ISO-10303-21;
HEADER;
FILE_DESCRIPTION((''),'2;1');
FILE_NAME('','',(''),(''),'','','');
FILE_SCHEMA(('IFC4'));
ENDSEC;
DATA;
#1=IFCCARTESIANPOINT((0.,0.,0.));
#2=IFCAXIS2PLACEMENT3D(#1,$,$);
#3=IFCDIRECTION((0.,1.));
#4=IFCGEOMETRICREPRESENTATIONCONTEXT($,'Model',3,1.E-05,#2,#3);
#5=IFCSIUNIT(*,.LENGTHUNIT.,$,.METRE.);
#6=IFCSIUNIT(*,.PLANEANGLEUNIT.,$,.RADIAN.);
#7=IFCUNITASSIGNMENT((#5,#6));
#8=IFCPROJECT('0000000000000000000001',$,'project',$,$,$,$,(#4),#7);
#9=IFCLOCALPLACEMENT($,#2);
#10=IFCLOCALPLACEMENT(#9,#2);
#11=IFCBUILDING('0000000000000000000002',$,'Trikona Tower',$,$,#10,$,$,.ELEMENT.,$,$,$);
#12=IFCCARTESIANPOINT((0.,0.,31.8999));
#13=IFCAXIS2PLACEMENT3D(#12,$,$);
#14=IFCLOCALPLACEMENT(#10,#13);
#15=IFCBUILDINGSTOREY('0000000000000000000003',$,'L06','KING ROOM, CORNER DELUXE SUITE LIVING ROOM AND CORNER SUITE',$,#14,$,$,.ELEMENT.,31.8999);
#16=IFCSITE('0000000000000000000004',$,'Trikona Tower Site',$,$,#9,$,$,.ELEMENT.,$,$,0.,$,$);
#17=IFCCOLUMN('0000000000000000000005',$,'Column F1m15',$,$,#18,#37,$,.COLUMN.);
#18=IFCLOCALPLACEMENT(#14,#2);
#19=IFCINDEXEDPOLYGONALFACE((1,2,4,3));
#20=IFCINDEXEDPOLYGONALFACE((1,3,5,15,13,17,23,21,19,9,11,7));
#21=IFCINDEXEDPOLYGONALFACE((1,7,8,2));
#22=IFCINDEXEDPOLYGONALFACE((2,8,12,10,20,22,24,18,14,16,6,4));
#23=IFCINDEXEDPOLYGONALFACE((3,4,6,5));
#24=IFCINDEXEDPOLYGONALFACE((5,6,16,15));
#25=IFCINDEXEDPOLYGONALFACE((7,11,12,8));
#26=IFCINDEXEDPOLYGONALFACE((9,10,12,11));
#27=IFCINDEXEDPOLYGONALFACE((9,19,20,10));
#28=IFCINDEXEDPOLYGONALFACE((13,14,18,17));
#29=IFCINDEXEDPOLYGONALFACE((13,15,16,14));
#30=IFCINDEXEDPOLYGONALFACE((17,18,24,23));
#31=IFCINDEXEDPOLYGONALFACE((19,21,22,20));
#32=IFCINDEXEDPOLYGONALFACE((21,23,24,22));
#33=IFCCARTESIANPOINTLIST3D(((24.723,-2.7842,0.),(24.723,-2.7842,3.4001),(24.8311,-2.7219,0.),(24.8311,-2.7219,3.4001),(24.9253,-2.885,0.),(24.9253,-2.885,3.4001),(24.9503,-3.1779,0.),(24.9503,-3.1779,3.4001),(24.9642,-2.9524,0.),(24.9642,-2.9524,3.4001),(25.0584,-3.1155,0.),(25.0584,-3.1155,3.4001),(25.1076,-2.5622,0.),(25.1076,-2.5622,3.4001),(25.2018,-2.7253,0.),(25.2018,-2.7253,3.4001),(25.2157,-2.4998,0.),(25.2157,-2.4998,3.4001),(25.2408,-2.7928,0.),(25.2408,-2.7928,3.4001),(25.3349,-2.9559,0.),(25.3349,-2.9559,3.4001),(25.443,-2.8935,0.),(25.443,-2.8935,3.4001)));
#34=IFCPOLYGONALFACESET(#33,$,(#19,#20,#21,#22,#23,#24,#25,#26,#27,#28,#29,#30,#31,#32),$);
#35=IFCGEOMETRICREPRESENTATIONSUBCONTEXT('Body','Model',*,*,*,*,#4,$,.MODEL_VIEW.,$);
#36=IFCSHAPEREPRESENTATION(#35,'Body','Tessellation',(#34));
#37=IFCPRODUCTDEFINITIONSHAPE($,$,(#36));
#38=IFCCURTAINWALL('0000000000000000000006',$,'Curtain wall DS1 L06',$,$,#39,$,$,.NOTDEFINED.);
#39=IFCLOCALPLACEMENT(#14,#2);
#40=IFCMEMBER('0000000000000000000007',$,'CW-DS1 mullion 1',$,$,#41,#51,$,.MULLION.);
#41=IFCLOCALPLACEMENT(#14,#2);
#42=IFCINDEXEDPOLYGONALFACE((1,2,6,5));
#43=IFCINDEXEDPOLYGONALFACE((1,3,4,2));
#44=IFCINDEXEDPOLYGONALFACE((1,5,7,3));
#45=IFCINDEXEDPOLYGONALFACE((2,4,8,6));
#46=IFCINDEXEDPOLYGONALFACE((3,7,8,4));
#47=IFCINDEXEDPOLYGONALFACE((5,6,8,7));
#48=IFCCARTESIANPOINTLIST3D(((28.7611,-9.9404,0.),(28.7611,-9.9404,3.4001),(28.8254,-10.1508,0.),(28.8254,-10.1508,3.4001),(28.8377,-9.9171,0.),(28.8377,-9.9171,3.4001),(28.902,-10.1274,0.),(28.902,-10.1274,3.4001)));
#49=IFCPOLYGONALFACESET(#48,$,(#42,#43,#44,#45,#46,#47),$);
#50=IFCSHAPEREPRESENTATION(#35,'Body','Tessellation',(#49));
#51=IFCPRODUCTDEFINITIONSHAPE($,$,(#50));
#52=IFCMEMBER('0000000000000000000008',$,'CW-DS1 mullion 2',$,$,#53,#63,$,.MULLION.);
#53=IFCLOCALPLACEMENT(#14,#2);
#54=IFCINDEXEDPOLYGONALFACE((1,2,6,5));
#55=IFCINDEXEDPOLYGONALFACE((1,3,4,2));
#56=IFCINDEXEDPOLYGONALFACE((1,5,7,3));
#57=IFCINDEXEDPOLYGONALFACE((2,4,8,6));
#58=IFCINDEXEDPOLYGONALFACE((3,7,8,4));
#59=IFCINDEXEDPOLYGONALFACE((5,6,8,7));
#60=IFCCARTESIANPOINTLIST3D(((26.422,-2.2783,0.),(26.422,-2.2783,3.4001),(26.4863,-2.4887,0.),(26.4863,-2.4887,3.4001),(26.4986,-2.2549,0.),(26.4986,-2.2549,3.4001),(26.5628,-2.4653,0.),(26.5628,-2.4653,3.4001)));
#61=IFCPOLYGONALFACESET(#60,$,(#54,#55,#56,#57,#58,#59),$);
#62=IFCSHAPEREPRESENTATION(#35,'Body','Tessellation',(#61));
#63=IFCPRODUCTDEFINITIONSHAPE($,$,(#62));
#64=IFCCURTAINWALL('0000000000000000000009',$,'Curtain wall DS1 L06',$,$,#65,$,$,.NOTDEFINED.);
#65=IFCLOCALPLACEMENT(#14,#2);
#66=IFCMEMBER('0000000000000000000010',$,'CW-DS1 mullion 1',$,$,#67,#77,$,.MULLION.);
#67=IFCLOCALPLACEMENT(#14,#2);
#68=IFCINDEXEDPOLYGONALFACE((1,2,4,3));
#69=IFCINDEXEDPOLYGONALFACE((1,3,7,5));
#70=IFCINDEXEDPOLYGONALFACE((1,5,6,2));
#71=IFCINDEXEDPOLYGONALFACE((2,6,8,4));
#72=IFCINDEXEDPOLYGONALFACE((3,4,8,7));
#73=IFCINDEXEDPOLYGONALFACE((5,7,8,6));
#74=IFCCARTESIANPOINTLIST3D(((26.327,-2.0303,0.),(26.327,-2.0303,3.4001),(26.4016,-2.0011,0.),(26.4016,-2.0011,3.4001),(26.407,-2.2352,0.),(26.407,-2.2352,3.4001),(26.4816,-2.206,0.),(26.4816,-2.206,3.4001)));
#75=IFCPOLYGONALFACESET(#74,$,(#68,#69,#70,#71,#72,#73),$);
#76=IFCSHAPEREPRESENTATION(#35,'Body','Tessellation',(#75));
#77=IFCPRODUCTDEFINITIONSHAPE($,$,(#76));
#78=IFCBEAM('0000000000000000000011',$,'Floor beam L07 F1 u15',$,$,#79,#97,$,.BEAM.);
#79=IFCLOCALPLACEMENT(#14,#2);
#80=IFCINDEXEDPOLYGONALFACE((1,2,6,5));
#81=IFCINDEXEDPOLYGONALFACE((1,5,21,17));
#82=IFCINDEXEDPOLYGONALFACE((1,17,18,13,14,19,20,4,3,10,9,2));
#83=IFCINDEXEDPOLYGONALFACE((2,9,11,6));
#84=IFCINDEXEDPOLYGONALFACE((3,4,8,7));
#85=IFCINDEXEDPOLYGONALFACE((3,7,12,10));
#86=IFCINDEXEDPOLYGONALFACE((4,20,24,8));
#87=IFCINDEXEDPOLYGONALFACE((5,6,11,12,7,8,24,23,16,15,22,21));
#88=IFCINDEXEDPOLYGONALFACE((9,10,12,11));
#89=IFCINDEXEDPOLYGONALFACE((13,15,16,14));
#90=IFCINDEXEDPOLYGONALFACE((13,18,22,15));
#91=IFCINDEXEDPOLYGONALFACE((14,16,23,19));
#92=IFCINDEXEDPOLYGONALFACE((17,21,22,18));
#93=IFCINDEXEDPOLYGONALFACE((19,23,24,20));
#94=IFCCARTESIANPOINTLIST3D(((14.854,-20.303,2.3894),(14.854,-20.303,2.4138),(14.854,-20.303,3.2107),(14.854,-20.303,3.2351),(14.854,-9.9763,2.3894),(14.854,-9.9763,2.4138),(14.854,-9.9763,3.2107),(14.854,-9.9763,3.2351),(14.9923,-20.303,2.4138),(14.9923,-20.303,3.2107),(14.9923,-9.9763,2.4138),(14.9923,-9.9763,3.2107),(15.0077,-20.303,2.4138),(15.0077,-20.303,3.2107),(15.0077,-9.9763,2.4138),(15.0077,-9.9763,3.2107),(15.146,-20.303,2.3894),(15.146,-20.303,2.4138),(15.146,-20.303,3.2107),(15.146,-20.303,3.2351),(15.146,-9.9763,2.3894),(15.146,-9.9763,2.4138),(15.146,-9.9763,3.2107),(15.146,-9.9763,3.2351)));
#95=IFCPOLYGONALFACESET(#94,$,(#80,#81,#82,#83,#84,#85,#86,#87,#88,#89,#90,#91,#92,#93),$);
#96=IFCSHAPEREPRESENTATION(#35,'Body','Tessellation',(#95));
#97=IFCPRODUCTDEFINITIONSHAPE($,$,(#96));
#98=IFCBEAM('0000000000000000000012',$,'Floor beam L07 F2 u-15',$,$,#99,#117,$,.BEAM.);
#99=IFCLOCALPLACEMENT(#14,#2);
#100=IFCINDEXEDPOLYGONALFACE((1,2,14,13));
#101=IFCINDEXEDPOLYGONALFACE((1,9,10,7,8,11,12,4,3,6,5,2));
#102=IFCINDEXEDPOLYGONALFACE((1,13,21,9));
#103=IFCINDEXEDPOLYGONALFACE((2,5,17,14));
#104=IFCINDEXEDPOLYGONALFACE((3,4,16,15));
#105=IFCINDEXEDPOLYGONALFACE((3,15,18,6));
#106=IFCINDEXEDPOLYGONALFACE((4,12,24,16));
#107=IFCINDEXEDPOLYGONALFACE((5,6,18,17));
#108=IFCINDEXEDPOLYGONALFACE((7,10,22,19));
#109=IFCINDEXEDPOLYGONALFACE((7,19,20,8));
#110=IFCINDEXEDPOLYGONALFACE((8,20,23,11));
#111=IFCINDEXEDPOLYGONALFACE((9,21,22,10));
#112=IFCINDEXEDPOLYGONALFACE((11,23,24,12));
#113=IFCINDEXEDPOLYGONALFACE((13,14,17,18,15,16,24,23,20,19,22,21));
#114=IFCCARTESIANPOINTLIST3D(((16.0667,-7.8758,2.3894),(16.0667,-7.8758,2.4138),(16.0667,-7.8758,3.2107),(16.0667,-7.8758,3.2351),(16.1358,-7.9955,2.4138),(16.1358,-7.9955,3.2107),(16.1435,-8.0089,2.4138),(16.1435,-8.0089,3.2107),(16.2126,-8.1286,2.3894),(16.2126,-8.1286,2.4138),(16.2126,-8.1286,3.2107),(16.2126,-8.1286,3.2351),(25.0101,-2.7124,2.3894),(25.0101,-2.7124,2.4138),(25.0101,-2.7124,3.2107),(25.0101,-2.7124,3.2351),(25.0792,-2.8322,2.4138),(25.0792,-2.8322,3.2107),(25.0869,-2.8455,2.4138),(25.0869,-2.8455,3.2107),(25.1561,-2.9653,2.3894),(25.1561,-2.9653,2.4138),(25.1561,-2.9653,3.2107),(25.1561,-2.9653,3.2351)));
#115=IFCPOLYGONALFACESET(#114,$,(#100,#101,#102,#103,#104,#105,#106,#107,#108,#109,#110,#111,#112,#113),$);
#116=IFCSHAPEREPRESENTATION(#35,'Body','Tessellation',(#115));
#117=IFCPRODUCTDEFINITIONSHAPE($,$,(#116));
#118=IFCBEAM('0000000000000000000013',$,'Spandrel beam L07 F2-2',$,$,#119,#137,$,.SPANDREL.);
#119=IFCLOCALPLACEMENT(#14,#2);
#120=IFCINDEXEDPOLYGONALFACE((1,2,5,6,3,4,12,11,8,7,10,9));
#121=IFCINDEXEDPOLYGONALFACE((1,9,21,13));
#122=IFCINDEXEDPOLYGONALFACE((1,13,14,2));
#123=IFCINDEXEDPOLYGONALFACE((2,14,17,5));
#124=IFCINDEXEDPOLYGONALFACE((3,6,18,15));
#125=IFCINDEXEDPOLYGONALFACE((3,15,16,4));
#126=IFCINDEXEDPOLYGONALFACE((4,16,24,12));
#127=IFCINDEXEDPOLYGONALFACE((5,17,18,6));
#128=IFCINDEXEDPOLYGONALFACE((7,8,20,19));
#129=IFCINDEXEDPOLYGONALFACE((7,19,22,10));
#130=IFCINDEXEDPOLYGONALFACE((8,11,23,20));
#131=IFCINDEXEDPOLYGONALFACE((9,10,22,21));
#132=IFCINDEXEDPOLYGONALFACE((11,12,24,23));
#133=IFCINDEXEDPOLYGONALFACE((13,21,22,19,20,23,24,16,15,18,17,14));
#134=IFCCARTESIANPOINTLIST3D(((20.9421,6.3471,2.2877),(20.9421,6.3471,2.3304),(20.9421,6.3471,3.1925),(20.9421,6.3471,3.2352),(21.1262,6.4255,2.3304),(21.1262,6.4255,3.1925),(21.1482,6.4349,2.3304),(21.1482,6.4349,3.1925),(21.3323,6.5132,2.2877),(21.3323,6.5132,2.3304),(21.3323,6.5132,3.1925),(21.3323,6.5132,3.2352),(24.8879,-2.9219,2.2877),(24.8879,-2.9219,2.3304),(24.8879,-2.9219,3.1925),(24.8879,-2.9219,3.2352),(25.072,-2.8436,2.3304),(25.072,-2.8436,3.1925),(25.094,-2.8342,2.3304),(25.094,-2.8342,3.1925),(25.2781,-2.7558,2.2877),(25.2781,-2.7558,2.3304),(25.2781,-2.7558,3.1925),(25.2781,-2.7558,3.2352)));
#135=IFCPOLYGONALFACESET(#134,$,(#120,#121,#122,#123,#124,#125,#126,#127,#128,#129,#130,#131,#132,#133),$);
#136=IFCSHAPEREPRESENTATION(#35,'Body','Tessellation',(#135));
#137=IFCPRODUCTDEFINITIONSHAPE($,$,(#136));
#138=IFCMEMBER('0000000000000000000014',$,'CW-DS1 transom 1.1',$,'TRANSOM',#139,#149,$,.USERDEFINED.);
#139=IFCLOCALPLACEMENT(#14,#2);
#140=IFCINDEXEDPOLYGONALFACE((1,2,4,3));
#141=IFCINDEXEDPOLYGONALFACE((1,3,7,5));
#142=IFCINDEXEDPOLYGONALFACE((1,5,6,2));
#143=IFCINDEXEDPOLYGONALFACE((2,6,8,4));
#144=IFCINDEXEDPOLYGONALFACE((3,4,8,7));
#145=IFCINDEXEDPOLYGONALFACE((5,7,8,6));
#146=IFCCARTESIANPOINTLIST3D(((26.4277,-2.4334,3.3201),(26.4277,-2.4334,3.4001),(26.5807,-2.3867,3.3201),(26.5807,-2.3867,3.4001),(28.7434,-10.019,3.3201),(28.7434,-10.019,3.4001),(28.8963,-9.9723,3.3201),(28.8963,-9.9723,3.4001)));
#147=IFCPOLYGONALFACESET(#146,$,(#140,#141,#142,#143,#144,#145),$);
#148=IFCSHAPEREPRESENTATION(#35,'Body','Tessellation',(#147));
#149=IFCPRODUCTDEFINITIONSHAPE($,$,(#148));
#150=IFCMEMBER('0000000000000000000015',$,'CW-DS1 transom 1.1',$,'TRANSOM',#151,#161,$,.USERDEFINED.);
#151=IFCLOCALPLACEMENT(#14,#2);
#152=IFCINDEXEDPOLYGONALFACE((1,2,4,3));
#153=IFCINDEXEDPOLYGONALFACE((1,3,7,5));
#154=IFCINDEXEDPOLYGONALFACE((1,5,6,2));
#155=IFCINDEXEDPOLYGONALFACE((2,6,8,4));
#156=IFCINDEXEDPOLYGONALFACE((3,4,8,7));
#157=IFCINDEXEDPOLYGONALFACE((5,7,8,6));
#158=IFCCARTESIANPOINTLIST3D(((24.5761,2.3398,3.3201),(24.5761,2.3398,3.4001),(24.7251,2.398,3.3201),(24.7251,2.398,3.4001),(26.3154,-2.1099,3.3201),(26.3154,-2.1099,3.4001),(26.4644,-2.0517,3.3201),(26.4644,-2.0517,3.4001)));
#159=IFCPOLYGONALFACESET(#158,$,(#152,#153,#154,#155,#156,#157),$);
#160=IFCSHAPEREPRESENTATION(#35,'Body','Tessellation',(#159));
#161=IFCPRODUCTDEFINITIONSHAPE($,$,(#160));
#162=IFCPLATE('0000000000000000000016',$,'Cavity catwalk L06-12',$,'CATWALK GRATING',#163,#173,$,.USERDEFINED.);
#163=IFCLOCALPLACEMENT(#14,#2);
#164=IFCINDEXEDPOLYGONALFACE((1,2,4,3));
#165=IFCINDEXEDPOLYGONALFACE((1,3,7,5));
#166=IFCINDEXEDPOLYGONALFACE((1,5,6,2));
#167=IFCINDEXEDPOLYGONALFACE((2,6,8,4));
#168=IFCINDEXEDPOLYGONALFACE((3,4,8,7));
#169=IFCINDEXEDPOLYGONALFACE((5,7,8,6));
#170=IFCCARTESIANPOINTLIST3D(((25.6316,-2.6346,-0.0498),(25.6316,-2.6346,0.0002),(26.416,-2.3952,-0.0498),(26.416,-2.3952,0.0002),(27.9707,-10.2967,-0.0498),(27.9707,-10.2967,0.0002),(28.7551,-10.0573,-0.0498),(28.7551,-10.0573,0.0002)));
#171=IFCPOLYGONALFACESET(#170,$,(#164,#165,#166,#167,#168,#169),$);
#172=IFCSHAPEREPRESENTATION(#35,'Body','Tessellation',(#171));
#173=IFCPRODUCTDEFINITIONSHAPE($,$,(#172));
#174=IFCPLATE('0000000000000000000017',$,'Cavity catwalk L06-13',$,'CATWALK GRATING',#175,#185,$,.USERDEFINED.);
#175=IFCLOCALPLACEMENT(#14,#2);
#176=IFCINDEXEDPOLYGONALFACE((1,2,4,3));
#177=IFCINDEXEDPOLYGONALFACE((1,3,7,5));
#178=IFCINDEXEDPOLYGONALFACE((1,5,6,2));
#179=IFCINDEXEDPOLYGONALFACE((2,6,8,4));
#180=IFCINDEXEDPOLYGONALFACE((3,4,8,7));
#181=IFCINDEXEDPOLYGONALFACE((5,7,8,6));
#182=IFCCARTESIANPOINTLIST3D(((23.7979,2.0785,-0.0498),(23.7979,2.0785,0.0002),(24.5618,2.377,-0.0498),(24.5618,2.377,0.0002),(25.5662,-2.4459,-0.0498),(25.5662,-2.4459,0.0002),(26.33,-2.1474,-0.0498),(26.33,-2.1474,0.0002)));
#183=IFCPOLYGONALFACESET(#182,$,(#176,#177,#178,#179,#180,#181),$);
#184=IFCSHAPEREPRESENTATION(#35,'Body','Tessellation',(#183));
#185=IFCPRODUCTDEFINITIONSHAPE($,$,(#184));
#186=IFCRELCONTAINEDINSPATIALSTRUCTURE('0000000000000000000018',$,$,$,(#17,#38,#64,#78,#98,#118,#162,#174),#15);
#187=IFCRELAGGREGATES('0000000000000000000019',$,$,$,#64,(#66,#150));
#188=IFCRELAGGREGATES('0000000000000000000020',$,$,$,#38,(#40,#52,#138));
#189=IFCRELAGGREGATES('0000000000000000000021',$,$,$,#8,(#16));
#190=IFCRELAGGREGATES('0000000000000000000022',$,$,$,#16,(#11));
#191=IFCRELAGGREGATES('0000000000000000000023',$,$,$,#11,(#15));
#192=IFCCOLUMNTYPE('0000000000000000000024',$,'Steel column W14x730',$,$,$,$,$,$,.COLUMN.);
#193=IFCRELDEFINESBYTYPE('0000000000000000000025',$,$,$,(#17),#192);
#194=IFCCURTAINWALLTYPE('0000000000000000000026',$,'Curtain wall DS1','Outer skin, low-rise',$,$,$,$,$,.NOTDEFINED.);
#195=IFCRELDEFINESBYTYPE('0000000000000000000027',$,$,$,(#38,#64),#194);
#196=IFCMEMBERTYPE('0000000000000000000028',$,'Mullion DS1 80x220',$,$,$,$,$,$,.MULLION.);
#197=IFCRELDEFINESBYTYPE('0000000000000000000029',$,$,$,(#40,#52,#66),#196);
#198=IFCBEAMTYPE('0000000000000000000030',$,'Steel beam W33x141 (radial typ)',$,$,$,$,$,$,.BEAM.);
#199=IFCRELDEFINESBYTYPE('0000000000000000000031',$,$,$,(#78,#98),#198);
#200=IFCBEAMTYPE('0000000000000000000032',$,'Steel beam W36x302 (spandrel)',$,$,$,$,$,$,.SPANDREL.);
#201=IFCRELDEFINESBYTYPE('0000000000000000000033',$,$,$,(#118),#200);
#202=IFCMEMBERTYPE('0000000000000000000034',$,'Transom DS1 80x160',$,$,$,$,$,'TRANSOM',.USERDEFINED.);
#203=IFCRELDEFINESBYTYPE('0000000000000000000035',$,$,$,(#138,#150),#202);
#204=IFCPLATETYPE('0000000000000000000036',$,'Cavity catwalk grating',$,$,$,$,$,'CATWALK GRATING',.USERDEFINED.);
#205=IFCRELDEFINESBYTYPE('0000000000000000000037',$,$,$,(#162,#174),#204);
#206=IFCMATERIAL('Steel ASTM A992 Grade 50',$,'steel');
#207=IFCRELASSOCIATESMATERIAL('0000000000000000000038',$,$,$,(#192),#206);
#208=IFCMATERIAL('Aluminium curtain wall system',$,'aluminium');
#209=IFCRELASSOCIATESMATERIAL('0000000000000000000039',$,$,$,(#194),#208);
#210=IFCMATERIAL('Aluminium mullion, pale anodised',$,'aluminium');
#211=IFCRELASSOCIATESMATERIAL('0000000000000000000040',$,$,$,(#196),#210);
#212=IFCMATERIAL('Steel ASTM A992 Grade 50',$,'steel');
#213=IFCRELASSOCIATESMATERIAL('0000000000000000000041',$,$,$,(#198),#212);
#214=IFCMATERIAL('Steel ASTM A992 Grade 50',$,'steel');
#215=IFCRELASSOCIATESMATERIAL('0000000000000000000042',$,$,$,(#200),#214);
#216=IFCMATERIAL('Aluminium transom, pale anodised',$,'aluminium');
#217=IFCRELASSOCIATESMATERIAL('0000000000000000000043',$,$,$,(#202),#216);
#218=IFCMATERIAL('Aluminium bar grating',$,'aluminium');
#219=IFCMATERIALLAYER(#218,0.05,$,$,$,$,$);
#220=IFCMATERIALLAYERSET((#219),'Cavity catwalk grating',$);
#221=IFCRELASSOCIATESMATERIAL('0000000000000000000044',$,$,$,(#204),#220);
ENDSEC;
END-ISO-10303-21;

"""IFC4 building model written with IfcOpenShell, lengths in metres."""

from ifc_helpers import new_model, si_unit, direction, frame, origin, origin_2d, place, context, subcontext, project, spatial, rectangle, i_section, extrude, material, layer, layer_set, material_profile, profile_set, type_object, element, aggregate, save


model = new_model("IFC4")

# Units and contexts
model_context = context("Model", 3, precision=1e-05, world=origin(), true_north=direction((0.0, 1.0)))
body_context = subcontext(model_context, "Body", "Model", "MODEL_VIEW")
ifc_project = project(units=[si_unit("LENGTHUNIT", "METRE"), si_unit("PLANEANGLEUNIT", "RADIAN")], contexts=[model_context])

# Site, building, storey
site_placement = place(None, origin())
site = spatial("IfcSite", under=ifc_project, at=site_placement, Name="Trikona Tower Site", CompositionType="ELEMENT", RefElevation=0.0)
building_placement = place(site_placement, origin())
building = spatial("IfcBuilding", under=site, at=building_placement, Name="Trikona Tower", CompositionType="ELEMENT")
storey_placement = place(building_placement, frame((0.0, 0.0, 31.8999)))
storey = spatial("IfcBuildingStorey", under=building, at=storey_placement, Name="L06", Description="KING ROOM, CORNER DELUXE SUITE LIVING ROOM AND CORNER SUITE", CompositionType="ELEMENT", Elevation=31.8999)

# Column
ifc_material_1 = material(Name="Steel ASTM A992 Grade 50", Category="steel")
ifc_material_profile_1 = material_profile(ifc_material_1, i_section(OverallWidth=0.4546, OverallDepth=0.5688, WebThickness=0.0779, FlangeThickness=0.1248, at=origin_2d()), Name="W14X730")
ifc_profile_set_1 = profile_set([ifc_material_profile_1], Name="Steel ASTM A992 Grade 50")
column_type = type_object("IfcColumnType", Name="Steel column W14x730", PredefinedType="COLUMN", material=ifc_profile_set_1)
column_placement = place(storey_placement, frame((25.083, -2.8389, 0.0), z_axis=(0.0, 0.0, 1.0), x_axis=(-0.5, 0.866025, 0.0)))
element("IfcColumn", 1, at=column_placement, inside=storey, type_object=column_type, Name="Column F1m15", PredefinedType="COLUMN", context=body_context, shape_type="SweptSolid", body=[
    extrude(i_section(OverallWidth=0.4546, OverallDepth=0.5688, WebThickness=0.0779, FlangeThickness=0.1248, at=origin_2d()), origin(), (0.0, 0.0, 1.0), 3.4001),
])

# Curtain wall, members
ifc_material_2 = material(Name="Aluminium curtain wall system", Category="aluminium")
curtain_wall_type = type_object("IfcCurtainWallType", Name="Curtain wall DS1", Description="Outer skin, low-rise", PredefinedType="NOTDEFINED", material=ifc_material_2)
curtain_wall_1_placement = place(storey_placement, origin())
curtain_wall_1 = element("IfcCurtainWall", 2, at=curtain_wall_1_placement, inside=storey, type_object=curtain_wall_type, Name="Curtain wall DS1 L06", PredefinedType="NOTDEFINED")
ifc_material_3 = material(Name="Aluminium mullion, pale anodised", Category="aluminium")
ifc_material_profile_2 = material_profile(ifc_material_3, rectangle(XDim=0.0801, YDim=0.22, at=origin_2d()), Name="MUL-DS1")
ifc_profile_set_2 = profile_set([ifc_material_profile_2], Name="Aluminium mullion, pale anodised")
member_type_1 = type_object("IfcMemberType", Name="Mullion DS1 80x220", PredefinedType="MULLION", material=ifc_profile_set_2)
member_1_placement = place(storey_placement, frame((28.8315, -10.0339, 0.0), z_axis=(0.0, 0.0, 1.0), x_axis=(-0.956423, -0.291984, 0.0)))
member_1 = element("IfcMember", 3, at=member_1_placement, type_object=member_type_1, Name="CW-DS1 mullion 1", PredefinedType="MULLION", context=body_context, shape_type="SweptSolid", body=[
    extrude(rectangle(XDim=0.0801, YDim=0.22, at=origin_2d()), origin(), (0.0, 0.0, 1.0), 3.4001),
])
member_2_placement = place(storey_placement, frame((26.4924, -2.3718, 0.0), z_axis=(0.0, 0.0, 1.0), x_axis=(-0.956423, -0.291984, 0.0)))
member_2 = element("IfcMember", 4, at=member_2_placement, type_object=member_type_1, Name="CW-DS1 mullion 2", PredefinedType="MULLION", context=body_context, shape_type="SweptSolid", body=[
    extrude(rectangle(XDim=0.0801, YDim=0.22, at=origin_2d()), origin(), (0.0, 0.0, 1.0), 3.4001),
])

# Curtain wall, member
curtain_wall_2_placement = place(storey_placement, origin())
curtain_wall_2 = element("IfcCurtainWall", 5, at=curtain_wall_2_placement, inside=storey, type_object=curtain_wall_type, Name="Curtain wall DS1 L06", PredefinedType="NOTDEFINED")
member_3_placement = place(storey_placement, frame((26.4043, -2.1182, 0.0), z_axis=(0.0, 0.0, 1.0), x_axis=(-0.931396, -0.364008, 0.0)))
member_3 = element("IfcMember", 6, at=member_3_placement, type_object=member_type_1, Name="CW-DS1 mullion 1", PredefinedType="MULLION", context=body_context, shape_type="SweptSolid", body=[
    extrude(rectangle(XDim=0.0801, YDim=0.22, at=origin_2d()), origin(), (0.0, 0.0, 1.0), 3.4001),
])

# Beams
ifc_material_4 = material(Name="Steel ASTM A992 Grade 50", Category="steel")
ifc_material_profile_3 = material_profile(ifc_material_4, i_section(OverallWidth=0.292, OverallDepth=0.8457, WebThickness=0.0154, FlangeThickness=0.0244, at=origin_2d()), Name="W33X141")
ifc_profile_set_3 = profile_set([ifc_material_profile_3], Name="Steel ASTM A992 Grade 50")
beam_type_1 = type_object("IfcBeamType", Name="Steel beam W33x141 (radial typ)", PredefinedType="BEAM", material=ifc_profile_set_3)
beam_1_placement = place(storey_placement, frame((15.0, -9.9763, 2.8123), z_axis=(0.0, -1.0, 0.0), x_axis=(1.0, 0.0, 0.0)))
element("IfcBeam", 7, at=beam_1_placement, inside=storey, type_object=beam_type_1, Name="Floor beam L07 F1 u15", PredefinedType="BEAM", context=body_context, shape_type="SweptSolid", body=[
    extrude(i_section(OverallWidth=0.292, OverallDepth=0.8457, WebThickness=0.0154, FlangeThickness=0.0244, at=origin_2d()), origin(), (0.0, 0.0, 1.0), 10.3267),
])
beam_2_placement = place(storey_placement, frame((16.1396, -8.0022, 2.8123), z_axis=(0.86603, 0.499991, 0.0), x_axis=(-0.499991, 0.86603, 0.0)))
element("IfcBeam", 8, at=beam_2_placement, inside=storey, type_object=beam_type_1, Name="Floor beam L07 F2 u-15", PredefinedType="BEAM", context=body_context, shape_type="SweptSolid", body=[
    extrude(i_section(OverallWidth=0.292, OverallDepth=0.8457, WebThickness=0.0154, FlangeThickness=0.0244, at=origin_2d()), origin(), (0.0, 0.0, 1.0), 10.3269),
])
ifc_material_5 = material(Name="Steel ASTM A992 Grade 50", Category="steel")
ifc_material_profile_4 = material_profile(ifc_material_5, i_section(OverallWidth=0.4241, OverallDepth=0.9475, WebThickness=0.0239, FlangeThickness=0.0427, at=origin_2d()), Name="W36X302")
ifc_profile_set_4 = profile_set([ifc_material_profile_4], Name="Steel ASTM A992 Grade 50")
beam_type_2 = type_object("IfcBeamType", Name="Steel beam W36x302 (spandrel)", PredefinedType="SPANDREL", material=ifc_profile_set_4)
beam_3_placement = place(storey_placement, frame((25.083, -2.8389, 2.7615), z_axis=(-0.391684, 0.9201, 0.0), x_axis=(-0.9201, -0.391684, 0.0)))
element("IfcBeam", 9, at=beam_3_placement, inside=storey, type_object=beam_type_2, Name="Spandrel beam L07 F2-2", PredefinedType="SPANDREL", context=body_context, shape_type="SweptSolid", body=[
    extrude(i_section(OverallWidth=0.4241, OverallDepth=0.9475, WebThickness=0.0239, FlangeThickness=0.0427, at=origin_2d()), origin(), (0.0, 0.0, 1.0), 10.074),
])

# Members
ifc_material_6 = material(Name="Aluminium transom, pale anodised", Category="aluminium")
ifc_material_profile_5 = material_profile(ifc_material_6, rectangle(XDim=0.1599, YDim=0.0801, at=origin_2d()), Name="TRN-DS1")
ifc_profile_set_5 = profile_set([ifc_material_profile_5], Name="Aluminium transom, pale anodised")
member_type_2 = type_object("IfcMemberType", Name="Transom DS1 80x160", ElementType="TRANSOM", PredefinedType="USERDEFINED", material=ifc_profile_set_5)
member_4_placement = place(storey_placement, frame((28.8198, -9.9956, 3.3601), z_axis=(-0.291967, 0.956428, 0.0), x_axis=(-0.956428, -0.291967, 0.0)))
member_4 = element("IfcMember", 10, at=member_4_placement, type_object=member_type_2, Name="CW-DS1 transom 1.1", ObjectType="TRANSOM", PredefinedType="USERDEFINED", context=body_context, shape_type="SweptSolid", body=[
    extrude(rectangle(XDim=0.1599, YDim=0.0801, at=origin_2d()), origin(), (0.0, 0.0, 1.0), 7.9312),
])
member_5_placement = place(storey_placement, frame((26.3899, -2.0808, 3.3601), z_axis=(-0.364049, 0.93138, 0.0), x_axis=(-0.93138, -0.364049, 0.0)))
member_5 = element("IfcMember", 11, at=member_5_placement, type_object=member_type_2, Name="CW-DS1 transom 1.1", ObjectType="TRANSOM", PredefinedType="USERDEFINED", context=body_context, shape_type="SweptSolid", body=[
    extrude(rectangle(XDim=0.1599, YDim=0.0801, at=origin_2d()), origin(), (0.0, 0.0, 1.0), 4.7776),
])
aggregate(curtain_wall_2, [member_3, member_5])

# Plates
ifc_material_7 = material(Name="Aluminium bar grating", Category="aluminium")
ifc_layer_1 = layer(ifc_material_7, 0.05)
ifc_layer_set_1 = layer_set([ifc_layer_1], Name="Cavity catwalk grating")
plate_type_1 = type_object("IfcPlateType", Name="Cavity catwalk grating", ElementType="CATWALK GRATING", PredefinedType="USERDEFINED", material=ifc_layer_set_1)
plate_1_placement = place(storey_placement, frame((27.1934, -6.3459, -0.0498), z_axis=(0.0, 0.0, 1.0), x_axis=(-0.291979, 0.956425, 0.0)))
element("IfcPlate", 12, at=plate_1_placement, inside=storey, type_object=plate_type_1, Name="Cavity catwalk L06-12", ObjectType="CATWALK GRATING", PredefinedType="USERDEFINED", context=body_context, shape_type="SweptSolid", body=[
    extrude(rectangle(XDim=8.0112, YDim=0.8201, at=origin_2d()), origin(), (0.0, 0.0, 1.0), 0.05),
])
plate_2_placement = place(storey_placement, frame((25.064, -0.0344, -0.0498), z_axis=(0.0, 0.0, 1.0), x_axis=(-0.364009, 0.931395, 0.0)))
element("IfcPlate", 13, at=plate_2_placement, inside=storey, type_object=plate_type_1, Name="Cavity catwalk L06-13", ObjectType="CATWALK GRATING", PredefinedType="USERDEFINED", context=body_context, shape_type="SweptSolid", body=[
    extrude(rectangle(XDim=4.8577, YDim=0.8201, at=origin_2d()), origin(), (0.0, 0.0, 1.0), 0.05),
])

aggregate(curtain_wall_1, [member_1, member_2, member_4])

save(model, "model.ifc")
